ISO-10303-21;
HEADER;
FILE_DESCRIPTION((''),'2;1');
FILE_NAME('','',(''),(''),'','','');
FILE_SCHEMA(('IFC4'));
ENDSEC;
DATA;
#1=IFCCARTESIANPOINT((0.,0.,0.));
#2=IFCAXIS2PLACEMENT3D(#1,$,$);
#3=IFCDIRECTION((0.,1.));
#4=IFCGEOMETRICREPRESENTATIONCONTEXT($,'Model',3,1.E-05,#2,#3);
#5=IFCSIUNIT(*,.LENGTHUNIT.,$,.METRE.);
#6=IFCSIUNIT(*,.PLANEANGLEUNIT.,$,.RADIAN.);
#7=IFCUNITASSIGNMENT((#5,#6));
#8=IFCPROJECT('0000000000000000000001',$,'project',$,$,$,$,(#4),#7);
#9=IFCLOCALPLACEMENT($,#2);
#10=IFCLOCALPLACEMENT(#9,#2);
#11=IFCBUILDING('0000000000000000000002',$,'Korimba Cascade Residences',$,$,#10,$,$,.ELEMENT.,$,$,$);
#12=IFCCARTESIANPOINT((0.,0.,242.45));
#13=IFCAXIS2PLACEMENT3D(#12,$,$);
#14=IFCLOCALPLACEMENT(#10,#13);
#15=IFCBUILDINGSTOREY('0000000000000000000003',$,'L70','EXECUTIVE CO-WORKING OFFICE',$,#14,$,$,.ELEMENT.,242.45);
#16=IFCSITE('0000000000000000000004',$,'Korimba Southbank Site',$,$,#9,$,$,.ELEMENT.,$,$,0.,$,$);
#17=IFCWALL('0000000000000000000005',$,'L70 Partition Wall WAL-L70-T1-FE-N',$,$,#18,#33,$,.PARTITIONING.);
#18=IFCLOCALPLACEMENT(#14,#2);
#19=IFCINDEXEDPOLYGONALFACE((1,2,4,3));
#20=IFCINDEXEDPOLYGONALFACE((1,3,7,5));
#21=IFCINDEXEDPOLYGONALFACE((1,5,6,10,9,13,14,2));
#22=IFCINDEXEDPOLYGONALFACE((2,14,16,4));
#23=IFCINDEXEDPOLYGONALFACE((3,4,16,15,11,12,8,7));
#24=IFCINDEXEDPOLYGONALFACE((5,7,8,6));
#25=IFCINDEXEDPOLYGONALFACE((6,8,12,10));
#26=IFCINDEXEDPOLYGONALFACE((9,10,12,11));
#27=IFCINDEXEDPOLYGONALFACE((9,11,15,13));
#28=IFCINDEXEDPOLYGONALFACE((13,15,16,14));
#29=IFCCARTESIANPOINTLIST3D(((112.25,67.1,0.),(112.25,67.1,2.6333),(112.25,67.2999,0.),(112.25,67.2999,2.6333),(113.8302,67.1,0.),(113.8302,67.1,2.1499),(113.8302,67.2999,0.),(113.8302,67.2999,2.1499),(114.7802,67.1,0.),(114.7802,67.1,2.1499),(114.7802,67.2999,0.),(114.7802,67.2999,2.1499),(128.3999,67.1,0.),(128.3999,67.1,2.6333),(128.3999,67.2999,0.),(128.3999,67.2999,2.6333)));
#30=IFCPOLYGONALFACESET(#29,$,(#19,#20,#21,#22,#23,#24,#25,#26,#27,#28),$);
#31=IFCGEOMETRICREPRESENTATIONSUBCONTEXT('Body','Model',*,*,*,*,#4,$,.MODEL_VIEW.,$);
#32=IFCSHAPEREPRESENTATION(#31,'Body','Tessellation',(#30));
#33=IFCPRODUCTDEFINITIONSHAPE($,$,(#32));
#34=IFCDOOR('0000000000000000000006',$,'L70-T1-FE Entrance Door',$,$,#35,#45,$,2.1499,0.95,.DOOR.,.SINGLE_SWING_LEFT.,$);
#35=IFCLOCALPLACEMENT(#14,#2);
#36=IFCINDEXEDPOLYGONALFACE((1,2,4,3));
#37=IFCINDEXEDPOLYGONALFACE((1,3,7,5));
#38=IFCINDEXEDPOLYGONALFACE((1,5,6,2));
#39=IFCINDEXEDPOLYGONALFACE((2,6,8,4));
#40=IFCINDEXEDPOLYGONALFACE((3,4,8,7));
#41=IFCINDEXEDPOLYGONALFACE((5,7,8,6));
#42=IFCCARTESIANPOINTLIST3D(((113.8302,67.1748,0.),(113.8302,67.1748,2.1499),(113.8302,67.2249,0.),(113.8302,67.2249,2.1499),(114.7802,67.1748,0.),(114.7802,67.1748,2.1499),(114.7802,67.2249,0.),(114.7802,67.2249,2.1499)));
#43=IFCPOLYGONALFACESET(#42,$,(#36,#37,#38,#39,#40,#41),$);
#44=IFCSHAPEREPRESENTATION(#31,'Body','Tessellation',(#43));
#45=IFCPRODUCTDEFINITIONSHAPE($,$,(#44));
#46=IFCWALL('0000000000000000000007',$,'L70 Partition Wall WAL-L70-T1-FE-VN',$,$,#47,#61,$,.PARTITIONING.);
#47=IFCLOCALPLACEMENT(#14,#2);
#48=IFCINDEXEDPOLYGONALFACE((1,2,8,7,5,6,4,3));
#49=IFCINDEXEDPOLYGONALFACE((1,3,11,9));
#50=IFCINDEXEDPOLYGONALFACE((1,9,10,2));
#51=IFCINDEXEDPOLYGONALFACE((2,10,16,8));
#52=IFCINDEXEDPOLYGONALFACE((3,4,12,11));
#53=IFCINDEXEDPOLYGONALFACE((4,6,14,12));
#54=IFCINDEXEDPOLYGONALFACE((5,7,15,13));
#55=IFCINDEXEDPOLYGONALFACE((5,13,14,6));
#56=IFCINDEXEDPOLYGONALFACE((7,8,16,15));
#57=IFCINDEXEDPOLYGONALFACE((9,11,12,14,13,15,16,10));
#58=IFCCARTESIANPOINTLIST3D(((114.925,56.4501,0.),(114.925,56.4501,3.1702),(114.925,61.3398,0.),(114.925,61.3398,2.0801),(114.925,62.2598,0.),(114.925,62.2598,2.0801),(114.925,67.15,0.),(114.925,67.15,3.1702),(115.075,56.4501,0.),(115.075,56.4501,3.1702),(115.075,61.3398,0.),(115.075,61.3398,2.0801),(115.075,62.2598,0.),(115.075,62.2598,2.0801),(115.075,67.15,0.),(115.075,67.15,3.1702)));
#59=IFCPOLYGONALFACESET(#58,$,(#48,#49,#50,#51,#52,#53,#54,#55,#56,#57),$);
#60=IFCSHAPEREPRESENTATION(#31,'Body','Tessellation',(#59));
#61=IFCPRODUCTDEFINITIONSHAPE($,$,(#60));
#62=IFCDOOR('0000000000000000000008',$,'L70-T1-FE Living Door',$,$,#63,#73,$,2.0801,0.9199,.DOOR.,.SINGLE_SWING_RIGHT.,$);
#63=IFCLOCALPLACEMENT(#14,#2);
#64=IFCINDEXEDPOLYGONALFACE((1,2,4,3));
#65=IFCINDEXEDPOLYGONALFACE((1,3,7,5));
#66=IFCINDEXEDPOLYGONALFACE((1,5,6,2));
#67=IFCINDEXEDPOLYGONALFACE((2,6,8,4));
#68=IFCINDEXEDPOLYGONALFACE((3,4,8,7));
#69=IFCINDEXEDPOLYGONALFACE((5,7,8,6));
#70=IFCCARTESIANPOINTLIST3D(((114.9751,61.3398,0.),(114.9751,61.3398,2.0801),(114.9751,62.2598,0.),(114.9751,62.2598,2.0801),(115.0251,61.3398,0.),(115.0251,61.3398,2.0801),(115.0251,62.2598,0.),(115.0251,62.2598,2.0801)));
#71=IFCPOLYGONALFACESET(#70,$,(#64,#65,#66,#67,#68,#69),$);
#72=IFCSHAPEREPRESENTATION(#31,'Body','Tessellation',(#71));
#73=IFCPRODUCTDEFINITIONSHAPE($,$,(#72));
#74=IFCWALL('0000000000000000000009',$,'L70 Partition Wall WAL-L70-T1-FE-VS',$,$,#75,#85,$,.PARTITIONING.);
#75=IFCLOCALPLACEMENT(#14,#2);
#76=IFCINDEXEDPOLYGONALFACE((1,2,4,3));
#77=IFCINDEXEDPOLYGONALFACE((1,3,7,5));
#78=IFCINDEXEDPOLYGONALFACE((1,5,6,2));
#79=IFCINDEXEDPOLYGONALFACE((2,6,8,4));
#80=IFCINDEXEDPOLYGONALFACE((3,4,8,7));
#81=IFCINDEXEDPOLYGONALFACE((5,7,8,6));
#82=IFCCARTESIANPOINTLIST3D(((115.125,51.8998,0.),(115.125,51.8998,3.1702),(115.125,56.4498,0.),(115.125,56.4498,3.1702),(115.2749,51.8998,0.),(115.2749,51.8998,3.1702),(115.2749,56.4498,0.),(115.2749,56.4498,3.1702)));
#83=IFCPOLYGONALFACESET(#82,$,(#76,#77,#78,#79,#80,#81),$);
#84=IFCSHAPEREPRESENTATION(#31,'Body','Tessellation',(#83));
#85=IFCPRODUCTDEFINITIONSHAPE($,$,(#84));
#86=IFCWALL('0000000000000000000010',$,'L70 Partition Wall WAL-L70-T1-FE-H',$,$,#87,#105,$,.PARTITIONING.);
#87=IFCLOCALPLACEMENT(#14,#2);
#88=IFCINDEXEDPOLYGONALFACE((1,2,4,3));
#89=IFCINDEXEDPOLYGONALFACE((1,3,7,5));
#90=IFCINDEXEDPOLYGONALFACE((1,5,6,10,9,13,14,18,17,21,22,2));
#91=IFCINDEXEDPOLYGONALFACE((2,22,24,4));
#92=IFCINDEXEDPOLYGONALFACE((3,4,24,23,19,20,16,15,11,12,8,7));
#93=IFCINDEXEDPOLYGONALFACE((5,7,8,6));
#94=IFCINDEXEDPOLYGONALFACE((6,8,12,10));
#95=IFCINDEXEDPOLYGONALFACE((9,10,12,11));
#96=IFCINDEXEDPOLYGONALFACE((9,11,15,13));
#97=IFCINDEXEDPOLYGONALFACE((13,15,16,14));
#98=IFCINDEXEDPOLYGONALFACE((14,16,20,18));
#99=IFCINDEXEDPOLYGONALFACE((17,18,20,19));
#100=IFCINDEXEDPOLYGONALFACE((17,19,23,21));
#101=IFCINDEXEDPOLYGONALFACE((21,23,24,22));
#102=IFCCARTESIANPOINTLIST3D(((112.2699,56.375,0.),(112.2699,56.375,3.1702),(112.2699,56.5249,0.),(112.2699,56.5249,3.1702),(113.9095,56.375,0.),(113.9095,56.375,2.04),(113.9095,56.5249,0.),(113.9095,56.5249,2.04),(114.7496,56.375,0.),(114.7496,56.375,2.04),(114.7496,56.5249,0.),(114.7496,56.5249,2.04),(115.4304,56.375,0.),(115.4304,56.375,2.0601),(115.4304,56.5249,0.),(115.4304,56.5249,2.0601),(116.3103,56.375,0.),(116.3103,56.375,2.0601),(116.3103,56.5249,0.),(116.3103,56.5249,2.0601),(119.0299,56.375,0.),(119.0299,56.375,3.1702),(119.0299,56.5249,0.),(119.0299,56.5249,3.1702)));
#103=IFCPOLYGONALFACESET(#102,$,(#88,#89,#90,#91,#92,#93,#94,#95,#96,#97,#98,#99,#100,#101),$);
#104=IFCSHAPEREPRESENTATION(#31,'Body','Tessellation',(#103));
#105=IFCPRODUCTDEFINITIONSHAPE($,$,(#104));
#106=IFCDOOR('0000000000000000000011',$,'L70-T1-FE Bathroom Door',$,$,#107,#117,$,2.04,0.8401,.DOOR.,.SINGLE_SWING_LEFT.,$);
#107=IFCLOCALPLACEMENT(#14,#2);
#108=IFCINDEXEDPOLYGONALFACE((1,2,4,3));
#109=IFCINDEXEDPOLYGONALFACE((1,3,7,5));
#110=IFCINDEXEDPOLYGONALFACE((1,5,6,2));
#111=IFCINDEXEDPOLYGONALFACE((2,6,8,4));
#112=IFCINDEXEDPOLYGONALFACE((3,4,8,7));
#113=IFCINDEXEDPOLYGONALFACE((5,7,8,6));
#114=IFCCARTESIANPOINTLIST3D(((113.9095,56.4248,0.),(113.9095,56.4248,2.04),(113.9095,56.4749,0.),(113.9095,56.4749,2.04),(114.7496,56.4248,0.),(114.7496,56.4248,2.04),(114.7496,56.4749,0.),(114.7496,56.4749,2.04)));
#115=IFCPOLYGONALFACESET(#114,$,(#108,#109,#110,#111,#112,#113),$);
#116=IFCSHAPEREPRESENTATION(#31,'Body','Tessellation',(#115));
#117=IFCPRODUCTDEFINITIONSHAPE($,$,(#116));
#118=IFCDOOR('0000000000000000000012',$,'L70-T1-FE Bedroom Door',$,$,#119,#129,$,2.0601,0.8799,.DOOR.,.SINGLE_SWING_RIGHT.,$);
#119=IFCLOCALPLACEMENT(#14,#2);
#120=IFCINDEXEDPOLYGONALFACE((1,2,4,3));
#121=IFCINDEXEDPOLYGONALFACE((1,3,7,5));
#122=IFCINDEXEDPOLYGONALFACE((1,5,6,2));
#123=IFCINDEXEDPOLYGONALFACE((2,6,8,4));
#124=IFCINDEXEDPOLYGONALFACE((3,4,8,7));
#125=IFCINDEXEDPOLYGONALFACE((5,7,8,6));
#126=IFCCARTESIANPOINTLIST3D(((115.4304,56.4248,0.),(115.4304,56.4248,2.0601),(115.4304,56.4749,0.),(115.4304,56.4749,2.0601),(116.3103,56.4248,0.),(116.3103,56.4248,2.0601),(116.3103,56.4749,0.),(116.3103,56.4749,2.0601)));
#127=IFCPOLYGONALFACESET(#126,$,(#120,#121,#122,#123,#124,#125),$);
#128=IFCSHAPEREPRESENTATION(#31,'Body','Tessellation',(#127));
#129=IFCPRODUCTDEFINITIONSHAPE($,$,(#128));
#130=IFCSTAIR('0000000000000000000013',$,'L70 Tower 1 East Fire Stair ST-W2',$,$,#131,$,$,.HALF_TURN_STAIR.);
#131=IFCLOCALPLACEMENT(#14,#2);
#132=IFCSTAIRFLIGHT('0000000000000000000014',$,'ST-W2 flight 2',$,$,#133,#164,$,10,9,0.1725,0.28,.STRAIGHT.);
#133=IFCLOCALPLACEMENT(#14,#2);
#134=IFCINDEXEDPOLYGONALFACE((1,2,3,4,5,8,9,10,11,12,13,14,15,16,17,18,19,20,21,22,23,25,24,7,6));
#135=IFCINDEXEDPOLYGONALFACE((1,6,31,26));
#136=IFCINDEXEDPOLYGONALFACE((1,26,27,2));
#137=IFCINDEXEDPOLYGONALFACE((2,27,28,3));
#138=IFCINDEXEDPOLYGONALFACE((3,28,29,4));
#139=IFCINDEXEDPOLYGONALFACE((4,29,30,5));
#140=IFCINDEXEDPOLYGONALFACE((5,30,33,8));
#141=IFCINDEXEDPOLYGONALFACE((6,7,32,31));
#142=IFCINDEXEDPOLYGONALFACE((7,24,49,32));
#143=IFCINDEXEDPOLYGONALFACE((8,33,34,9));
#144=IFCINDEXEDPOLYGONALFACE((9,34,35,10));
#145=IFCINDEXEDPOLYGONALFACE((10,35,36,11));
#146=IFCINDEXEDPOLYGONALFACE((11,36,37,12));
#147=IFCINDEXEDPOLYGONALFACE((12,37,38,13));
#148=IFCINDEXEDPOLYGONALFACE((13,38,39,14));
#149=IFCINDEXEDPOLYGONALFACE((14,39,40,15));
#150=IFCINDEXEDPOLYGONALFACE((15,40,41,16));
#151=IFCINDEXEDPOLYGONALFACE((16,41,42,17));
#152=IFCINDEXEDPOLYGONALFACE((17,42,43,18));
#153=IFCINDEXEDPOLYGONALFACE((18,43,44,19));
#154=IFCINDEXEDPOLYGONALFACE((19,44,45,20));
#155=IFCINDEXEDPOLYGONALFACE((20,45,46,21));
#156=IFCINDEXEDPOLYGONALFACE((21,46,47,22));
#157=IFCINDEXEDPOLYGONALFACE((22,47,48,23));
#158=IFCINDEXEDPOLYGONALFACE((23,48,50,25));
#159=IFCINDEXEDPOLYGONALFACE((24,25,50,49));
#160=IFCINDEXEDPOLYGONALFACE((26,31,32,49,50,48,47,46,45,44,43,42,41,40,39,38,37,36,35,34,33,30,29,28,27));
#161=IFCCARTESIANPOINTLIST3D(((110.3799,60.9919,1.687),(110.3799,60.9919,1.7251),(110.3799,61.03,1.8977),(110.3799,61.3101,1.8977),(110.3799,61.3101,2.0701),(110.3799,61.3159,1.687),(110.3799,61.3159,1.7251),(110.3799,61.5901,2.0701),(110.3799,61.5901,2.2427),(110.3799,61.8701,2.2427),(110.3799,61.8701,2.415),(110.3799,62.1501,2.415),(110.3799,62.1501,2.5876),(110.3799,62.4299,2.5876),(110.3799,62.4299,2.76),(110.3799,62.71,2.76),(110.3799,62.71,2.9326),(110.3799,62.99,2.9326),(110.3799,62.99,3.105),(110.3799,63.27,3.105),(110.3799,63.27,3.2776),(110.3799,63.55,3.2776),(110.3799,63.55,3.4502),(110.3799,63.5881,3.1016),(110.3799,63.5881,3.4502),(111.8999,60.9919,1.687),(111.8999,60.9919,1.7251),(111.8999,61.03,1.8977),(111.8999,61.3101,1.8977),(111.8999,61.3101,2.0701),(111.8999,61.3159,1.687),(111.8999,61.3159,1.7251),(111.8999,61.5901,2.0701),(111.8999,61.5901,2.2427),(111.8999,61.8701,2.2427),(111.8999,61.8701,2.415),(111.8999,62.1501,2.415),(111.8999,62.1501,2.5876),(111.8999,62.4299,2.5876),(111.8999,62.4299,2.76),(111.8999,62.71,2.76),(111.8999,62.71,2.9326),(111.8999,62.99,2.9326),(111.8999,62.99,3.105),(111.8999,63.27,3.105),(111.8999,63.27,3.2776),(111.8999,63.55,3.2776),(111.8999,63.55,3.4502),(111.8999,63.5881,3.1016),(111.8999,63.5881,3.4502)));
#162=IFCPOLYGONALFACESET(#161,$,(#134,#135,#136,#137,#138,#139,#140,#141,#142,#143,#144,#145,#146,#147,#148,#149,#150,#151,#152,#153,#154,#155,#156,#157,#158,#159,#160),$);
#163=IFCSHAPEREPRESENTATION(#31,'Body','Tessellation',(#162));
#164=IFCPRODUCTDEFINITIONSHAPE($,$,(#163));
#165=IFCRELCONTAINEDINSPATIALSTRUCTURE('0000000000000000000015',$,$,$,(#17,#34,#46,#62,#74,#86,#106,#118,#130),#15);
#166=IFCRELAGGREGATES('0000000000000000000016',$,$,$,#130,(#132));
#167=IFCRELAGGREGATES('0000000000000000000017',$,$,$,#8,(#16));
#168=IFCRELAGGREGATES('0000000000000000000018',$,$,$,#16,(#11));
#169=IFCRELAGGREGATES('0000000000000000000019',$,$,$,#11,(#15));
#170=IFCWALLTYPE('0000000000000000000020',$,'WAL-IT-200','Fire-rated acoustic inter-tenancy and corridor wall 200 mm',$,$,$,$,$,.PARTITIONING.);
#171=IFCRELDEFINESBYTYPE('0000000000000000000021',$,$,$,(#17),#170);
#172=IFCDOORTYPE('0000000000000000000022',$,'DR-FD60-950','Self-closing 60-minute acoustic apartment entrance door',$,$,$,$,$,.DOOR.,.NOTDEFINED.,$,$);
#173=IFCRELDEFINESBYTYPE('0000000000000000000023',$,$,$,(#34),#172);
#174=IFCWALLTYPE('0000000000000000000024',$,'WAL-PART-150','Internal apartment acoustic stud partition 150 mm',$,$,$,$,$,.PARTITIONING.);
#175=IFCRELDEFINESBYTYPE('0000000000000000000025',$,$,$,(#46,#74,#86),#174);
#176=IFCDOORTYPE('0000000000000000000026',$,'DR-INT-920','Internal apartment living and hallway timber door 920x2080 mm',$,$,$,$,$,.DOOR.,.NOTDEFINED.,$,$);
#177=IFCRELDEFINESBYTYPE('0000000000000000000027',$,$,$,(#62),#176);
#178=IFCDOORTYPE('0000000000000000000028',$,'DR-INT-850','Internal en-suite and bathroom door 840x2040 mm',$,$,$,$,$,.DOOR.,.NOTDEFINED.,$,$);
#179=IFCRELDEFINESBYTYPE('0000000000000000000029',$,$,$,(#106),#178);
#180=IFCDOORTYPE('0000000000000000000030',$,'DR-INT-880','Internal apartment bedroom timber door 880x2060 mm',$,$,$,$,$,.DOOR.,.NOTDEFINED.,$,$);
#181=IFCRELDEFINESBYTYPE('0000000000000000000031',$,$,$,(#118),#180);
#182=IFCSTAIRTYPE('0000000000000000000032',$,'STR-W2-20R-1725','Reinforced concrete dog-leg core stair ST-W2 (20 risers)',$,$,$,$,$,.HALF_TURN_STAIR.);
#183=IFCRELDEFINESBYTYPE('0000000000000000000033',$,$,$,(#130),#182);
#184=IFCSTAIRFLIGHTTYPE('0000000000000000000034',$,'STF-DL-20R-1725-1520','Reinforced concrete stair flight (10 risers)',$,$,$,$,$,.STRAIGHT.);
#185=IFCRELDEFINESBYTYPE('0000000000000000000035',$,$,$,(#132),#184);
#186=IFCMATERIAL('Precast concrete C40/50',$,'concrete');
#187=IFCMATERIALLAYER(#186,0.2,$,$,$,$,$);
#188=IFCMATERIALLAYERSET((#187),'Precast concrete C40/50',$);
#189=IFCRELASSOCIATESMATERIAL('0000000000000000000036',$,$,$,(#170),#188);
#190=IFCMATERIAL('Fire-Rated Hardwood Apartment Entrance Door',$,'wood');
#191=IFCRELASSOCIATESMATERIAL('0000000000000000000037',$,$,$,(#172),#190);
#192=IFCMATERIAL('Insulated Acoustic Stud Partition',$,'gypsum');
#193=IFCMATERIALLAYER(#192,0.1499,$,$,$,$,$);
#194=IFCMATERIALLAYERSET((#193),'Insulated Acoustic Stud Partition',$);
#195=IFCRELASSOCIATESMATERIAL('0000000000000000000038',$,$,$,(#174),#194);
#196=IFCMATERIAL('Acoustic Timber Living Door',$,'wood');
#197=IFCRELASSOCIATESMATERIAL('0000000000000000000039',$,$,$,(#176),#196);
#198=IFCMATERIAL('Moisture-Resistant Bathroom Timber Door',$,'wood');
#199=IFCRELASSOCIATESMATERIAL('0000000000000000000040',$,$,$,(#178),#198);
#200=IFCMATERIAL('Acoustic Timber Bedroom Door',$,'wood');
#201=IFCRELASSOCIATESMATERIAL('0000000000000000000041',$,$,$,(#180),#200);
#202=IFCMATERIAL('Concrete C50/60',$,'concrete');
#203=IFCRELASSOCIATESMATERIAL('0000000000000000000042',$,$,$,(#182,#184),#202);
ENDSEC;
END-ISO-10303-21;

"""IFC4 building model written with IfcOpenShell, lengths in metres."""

from ifc_helpers import new_model, si_unit, direction, frame, frame_2d, origin, place, context, subcontext, project, spatial, polyline, rectangle, outline, extrude, material, layer, layer_set, type_object, element, fill, aggregate, save


model = new_model("IFC4")

# Units and contexts
model_context = context("Model", 3, precision=1e-05, world=origin(), true_north=direction((0.0, 1.0)))
body_context = subcontext(model_context, "Body", "Model", "MODEL_VIEW")
ifc_project = project(units=[si_unit("LENGTHUNIT", "METRE"), si_unit("PLANEANGLEUNIT", "RADIAN")], contexts=[model_context])

# Site, building, storey
site_placement = place(None, origin())
site = spatial("IfcSite", under=ifc_project, at=site_placement, Name="Korimba Southbank Site", CompositionType="ELEMENT", RefElevation=0.0)
building_placement = place(site_placement, origin())
building = spatial("IfcBuilding", under=site, at=building_placement, Name="Korimba Cascade Residences", CompositionType="ELEMENT")
storey_placement = place(building_placement, frame((0.0, 0.0, 242.45)))
storey = spatial("IfcBuildingStorey", under=building, at=storey_placement, Name="L70", Description="EXECUTIVE CO-WORKING OFFICE", CompositionType="ELEMENT", Elevation=242.45)

# Shared definitions
ifc_material_1 = material(Name="Concrete C50/60", Category="concrete")

# Walls, openings, doors
ifc_material_2 = material(Name="Precast concrete C40/50", Category="concrete")
ifc_layer_1 = layer(ifc_material_2, 0.2)
ifc_layer_set_1 = layer_set([ifc_layer_1], Name="Precast concrete C40/50")
wall_type_1 = type_object("IfcWallType", Name="WAL-IT-200", Description="Fire-rated acoustic inter-tenancy and corridor wall 200 mm", PredefinedType="PARTITIONING", material=ifc_layer_set_1)
wall_1_placement = place(storey_placement, frame((112.25, 67.2, 0.0), z_axis=(0.0, 0.0, 1.0), x_axis=(1.0, 0.0, 0.0)))
wall_1 = element("IfcWall", 1, at=wall_1_placement, inside=storey, type_object=wall_type_1, Name="L70 Partition Wall WAL-L70-T1-FE-N", PredefinedType="PARTITIONING", context=body_context, shape_type="SweptSolid", body=[
    extrude(rectangle(XDim=16.1499, YDim=0.2, at=frame_2d((8.075, 0.0))), origin(), (0.0, 0.0, 1.0), 2.6333),
])
opening_1_placement = place(wall_1_placement, frame((1.5801, 0.0, 0.0)))
opening_1 = element("IfcOpeningElement", 2, at=opening_1_placement, cuts=wall_1, PredefinedType="OPENING", context=body_context, shape_type="SweptSolid", body=[
    extrude(rectangle(XDim=0.95, YDim=2.1499, at=frame_2d((0.4751, 1.075))), frame((0.0, 0.1099, 0.0), z_axis=(0.0, -1.0, 0.0), x_axis=(1.0, 0.0, 0.0)), (0.0, 0.0, 1.0), 0.22),
])
ifc_material_3 = material(Name="Fire-Rated Hardwood Apartment Entrance Door", Category="wood")
door_type_1 = type_object("IfcDoorType", Name="DR-FD60-950", Description="Self-closing 60-minute acoustic apartment entrance door", OperationType="NOTDEFINED", PredefinedType="DOOR", material=ifc_material_3)
door_1_placement = place(opening_1_placement, origin())
door_1 = element("IfcDoor", 3, at=door_1_placement, inside=storey, type_object=door_type_1, Name="L70-T1-FE Entrance Door", OperationType="SINGLE_SWING_LEFT", OverallHeight=2.1499, OverallWidth=0.95, PredefinedType="DOOR", context=body_context, shape_type="SweptSolid", body=[
    extrude(rectangle(XDim=0.95, YDim=2.1499, at=frame_2d((0.4751, 1.075))), frame((0.0, 0.0249, 0.0), z_axis=(0.0, -1.0, 0.0), x_axis=(1.0, 0.0, 0.0)), (0.0, 0.0, 1.0), 0.05),
])
fill(opening_1, door_1)
ifc_material_4 = material(Name="Insulated Acoustic Stud Partition", Category="gypsum")
ifc_layer_2 = layer(ifc_material_4, 0.1499)
ifc_layer_set_2 = layer_set([ifc_layer_2], Name="Insulated Acoustic Stud Partition")
wall_type_2 = type_object("IfcWallType", Name="WAL-PART-150", Description="Internal apartment acoustic stud partition 150 mm", PredefinedType="PARTITIONING", material=ifc_layer_set_2)
wall_2_placement = place(storey_placement, frame((115.0, 56.45, 0.0), z_axis=(0.0, 0.0, 1.0), x_axis=(0.0, 1.0, 0.0)))
wall_2 = element("IfcWall", 4, at=wall_2_placement, inside=storey, type_object=wall_type_2, Name="L70 Partition Wall WAL-L70-T1-FE-VN", PredefinedType="PARTITIONING", context=body_context, shape_type="SweptSolid", body=[
    extrude(rectangle(XDim=10.7, YDim=0.1499, at=frame_2d((5.3501, 0.0))), origin(), (0.0, 0.0, 1.0), 3.1702),
])
opening_2_placement = place(wall_2_placement, frame((4.8899, 0.0, 0.0)))
opening_2 = element("IfcOpeningElement", 5, at=opening_2_placement, cuts=wall_2, PredefinedType="OPENING", context=body_context, shape_type="SweptSolid", body=[
    extrude(rectangle(XDim=0.9199, YDim=2.0801, at=frame_2d((0.46, 1.04))), frame((0.0, 0.085, 0.0), z_axis=(0.0, -1.0, 0.0), x_axis=(1.0, 0.0, 0.0)), (0.0, 0.0, 1.0), 0.1699),
])
ifc_material_5 = material(Name="Acoustic Timber Living Door", Category="wood")
door_type_2 = type_object("IfcDoorType", Name="DR-INT-920", Description="Internal apartment living and hallway timber door 920x2080 mm", OperationType="NOTDEFINED", PredefinedType="DOOR", material=ifc_material_5)
door_2_placement = place(opening_2_placement, origin())
door_2 = element("IfcDoor", 6, at=door_2_placement, inside=storey, type_object=door_type_2, Name="L70-T1-FE Living Door", OperationType="SINGLE_SWING_RIGHT", OverallHeight=2.0801, OverallWidth=0.9199, PredefinedType="DOOR", context=body_context, shape_type="SweptSolid", body=[
    extrude(rectangle(XDim=0.9199, YDim=2.0801, at=frame_2d((0.46, 1.04))), frame((0.0, 0.0249, 0.0), z_axis=(0.0, -1.0, 0.0), x_axis=(1.0, 0.0, 0.0)), (0.0, 0.0, 1.0), 0.05),
])
fill(opening_2, door_2)

# Wall
wall_3_placement = place(storey_placement, frame((115.2, 51.8999, 0.0), z_axis=(0.0, 0.0, 1.0), x_axis=(0.0, 1.0, 0.0)))
element("IfcWall", 7, at=wall_3_placement, inside=storey, type_object=wall_type_2, Name="L70 Partition Wall WAL-L70-T1-FE-VS", PredefinedType="PARTITIONING", context=body_context, shape_type="SweptSolid", body=[
    extrude(rectangle(XDim=4.55, YDim=0.1499, at=frame_2d((2.2749, 0.0))), origin(), (0.0, 0.0, 1.0), 3.1702),
])

# Wall, openings, doors
wall_4_placement = place(storey_placement, frame((112.27, 56.45, 0.0), z_axis=(0.0, 0.0, 1.0), x_axis=(1.0, 0.0, 0.0)))
wall_4 = element("IfcWall", 8, at=wall_4_placement, inside=storey, type_object=wall_type_2, Name="L70 Partition Wall WAL-L70-T1-FE-H", PredefinedType="PARTITIONING", context=body_context, shape_type="SweptSolid", body=[
    extrude(rectangle(XDim=6.76, YDim=0.1499, at=frame_2d((3.3799, 0.0))), origin(), (0.0, 0.0, 1.0), 3.1702),
])
opening_3_placement = place(wall_4_placement, frame((1.6396, 0.0, 0.0)))
opening_3 = element("IfcOpeningElement", 9, at=opening_3_placement, cuts=wall_4, PredefinedType="OPENING", context=body_context, shape_type="SweptSolid", body=[
    extrude(rectangle(XDim=0.8401, YDim=2.04, at=frame_2d((0.4199, 1.02))), frame((0.0, 0.085, 0.0), z_axis=(0.0, -1.0, 0.0), x_axis=(1.0, 0.0, 0.0)), (0.0, 0.0, 1.0), 0.1699),
])
opening_4_placement = place(wall_4_placement, frame((3.1604, 0.0, 0.0)))
opening_4 = element("IfcOpeningElement", 10, at=opening_4_placement, cuts=wall_4, PredefinedType="OPENING", context=body_context, shape_type="SweptSolid", body=[
    extrude(rectangle(XDim=0.8799, YDim=2.0601, at=frame_2d((0.4399, 1.03))), frame((0.0, 0.085, 0.0), z_axis=(0.0, -1.0, 0.0), x_axis=(1.0, 0.0, 0.0)), (0.0, 0.0, 1.0), 0.1699),
])
ifc_material_6 = material(Name="Moisture-Resistant Bathroom Timber Door", Category="wood")
door_type_3 = type_object("IfcDoorType", Name="DR-INT-850", Description="Internal en-suite and bathroom door 840x2040 mm", OperationType="NOTDEFINED", PredefinedType="DOOR", material=ifc_material_6)
door_3_placement = place(opening_3_placement, origin())
door_3 = element("IfcDoor", 11, at=door_3_placement, inside=storey, type_object=door_type_3, Name="L70-T1-FE Bathroom Door", OperationType="SINGLE_SWING_LEFT", OverallHeight=2.04, OverallWidth=0.8401, PredefinedType="DOOR", context=body_context, shape_type="SweptSolid", body=[
    extrude(rectangle(XDim=0.8401, YDim=2.04, at=frame_2d((0.4199, 1.02))), frame((0.0, 0.0249, 0.0), z_axis=(0.0, -1.0, 0.0), x_axis=(1.0, 0.0, 0.0)), (0.0, 0.0, 1.0), 0.05),
])
fill(opening_3, door_3)
ifc_material_7 = material(Name="Acoustic Timber Bedroom Door", Category="wood")
door_type_4 = type_object("IfcDoorType", Name="DR-INT-880", Description="Internal apartment bedroom timber door 880x2060 mm", OperationType="NOTDEFINED", PredefinedType="DOOR", material=ifc_material_7)
door_4_placement = place(opening_4_placement, origin())
door_4 = element("IfcDoor", 12, at=door_4_placement, inside=storey, type_object=door_type_4, Name="L70-T1-FE Bedroom Door", OperationType="SINGLE_SWING_RIGHT", OverallHeight=2.0601, OverallWidth=0.8799, PredefinedType="DOOR", context=body_context, shape_type="SweptSolid", body=[
    extrude(rectangle(XDim=0.8799, YDim=2.0601, at=frame_2d((0.4399, 1.03))), frame((0.0, 0.0249, 0.0), z_axis=(0.0, -1.0, 0.0), x_axis=(1.0, 0.0, 0.0)), (0.0, 0.0, 1.0), 0.05),
])
fill(opening_4, door_4)

# Stair, stair flight
stair_type = type_object("IfcStairType", Name="STR-W2-20R-1725", Description="Reinforced concrete dog-leg core stair ST-W2 (20 risers)", PredefinedType="HALF_TURN_STAIR", material=ifc_material_1)
stair_placement = place(storey_placement, origin())
stair = element("IfcStair", 13, at=stair_placement, inside=storey, type_object=stair_type, Name="L70 Tower 1 East Fire Stair ST-W2", PredefinedType="HALF_TURN_STAIR")
stair_flight_type = type_object("IfcStairFlightType", Name="STF-DL-20R-1725-1520", Description="Reinforced concrete stair flight (10 risers)", PredefinedType="STRAIGHT", material=ifc_material_1)
stair_flight_placement = place(storey_placement, frame((111.1399, 61.03, 1.7251), z_axis=(0.0, 0.0, 1.0), x_axis=(0.0, 1.0, 0.0)))
stair_flight = element("IfcStairFlight", 14, at=stair_flight_placement, type_object=stair_flight_type, Name="ST-W2 flight 2", NumberOfRisers=10, NumberOfTreads=9, PredefinedType="STRAIGHT", RiserHeight=0.1725, TreadLength=0.28, context=body_context, shape_type="SweptSolid", body=[
    extrude(outline(polyline([(-0.0381, 0.0), (0.0, 0.1726), (0.28, 0.1726), (0.28, 0.345), (0.5601, 0.345), (0.5601, 0.5176), (0.8401, 0.5176), (0.8401, 0.6899), (1.1201, 0.6899), (1.1201, 0.8625), (1.3999, 0.8625), (1.3999, 1.0349), (1.6799, 1.0349), (1.6799, 1.2075), (1.96, 1.2075), (1.96, 1.3799), (2.24, 1.3799), (2.24, 1.5525), (2.52, 1.5525), (2.52, 1.7251), (2.5581, 1.7251), (2.5581, 1.3765), (0.2859, 0.0), (0.2859, -0.0381), (-0.0381, -0.0381), (-0.0381, 0.0)])), frame((0.0, 0.76, 0.0), z_axis=(0.0, -1.0, 0.0), x_axis=(1.0, 0.0, 0.0)), (0.0, 0.0, 1.0), 1.52),
])
aggregate(stair, [stair_flight])

save(model, "model.ifc")
